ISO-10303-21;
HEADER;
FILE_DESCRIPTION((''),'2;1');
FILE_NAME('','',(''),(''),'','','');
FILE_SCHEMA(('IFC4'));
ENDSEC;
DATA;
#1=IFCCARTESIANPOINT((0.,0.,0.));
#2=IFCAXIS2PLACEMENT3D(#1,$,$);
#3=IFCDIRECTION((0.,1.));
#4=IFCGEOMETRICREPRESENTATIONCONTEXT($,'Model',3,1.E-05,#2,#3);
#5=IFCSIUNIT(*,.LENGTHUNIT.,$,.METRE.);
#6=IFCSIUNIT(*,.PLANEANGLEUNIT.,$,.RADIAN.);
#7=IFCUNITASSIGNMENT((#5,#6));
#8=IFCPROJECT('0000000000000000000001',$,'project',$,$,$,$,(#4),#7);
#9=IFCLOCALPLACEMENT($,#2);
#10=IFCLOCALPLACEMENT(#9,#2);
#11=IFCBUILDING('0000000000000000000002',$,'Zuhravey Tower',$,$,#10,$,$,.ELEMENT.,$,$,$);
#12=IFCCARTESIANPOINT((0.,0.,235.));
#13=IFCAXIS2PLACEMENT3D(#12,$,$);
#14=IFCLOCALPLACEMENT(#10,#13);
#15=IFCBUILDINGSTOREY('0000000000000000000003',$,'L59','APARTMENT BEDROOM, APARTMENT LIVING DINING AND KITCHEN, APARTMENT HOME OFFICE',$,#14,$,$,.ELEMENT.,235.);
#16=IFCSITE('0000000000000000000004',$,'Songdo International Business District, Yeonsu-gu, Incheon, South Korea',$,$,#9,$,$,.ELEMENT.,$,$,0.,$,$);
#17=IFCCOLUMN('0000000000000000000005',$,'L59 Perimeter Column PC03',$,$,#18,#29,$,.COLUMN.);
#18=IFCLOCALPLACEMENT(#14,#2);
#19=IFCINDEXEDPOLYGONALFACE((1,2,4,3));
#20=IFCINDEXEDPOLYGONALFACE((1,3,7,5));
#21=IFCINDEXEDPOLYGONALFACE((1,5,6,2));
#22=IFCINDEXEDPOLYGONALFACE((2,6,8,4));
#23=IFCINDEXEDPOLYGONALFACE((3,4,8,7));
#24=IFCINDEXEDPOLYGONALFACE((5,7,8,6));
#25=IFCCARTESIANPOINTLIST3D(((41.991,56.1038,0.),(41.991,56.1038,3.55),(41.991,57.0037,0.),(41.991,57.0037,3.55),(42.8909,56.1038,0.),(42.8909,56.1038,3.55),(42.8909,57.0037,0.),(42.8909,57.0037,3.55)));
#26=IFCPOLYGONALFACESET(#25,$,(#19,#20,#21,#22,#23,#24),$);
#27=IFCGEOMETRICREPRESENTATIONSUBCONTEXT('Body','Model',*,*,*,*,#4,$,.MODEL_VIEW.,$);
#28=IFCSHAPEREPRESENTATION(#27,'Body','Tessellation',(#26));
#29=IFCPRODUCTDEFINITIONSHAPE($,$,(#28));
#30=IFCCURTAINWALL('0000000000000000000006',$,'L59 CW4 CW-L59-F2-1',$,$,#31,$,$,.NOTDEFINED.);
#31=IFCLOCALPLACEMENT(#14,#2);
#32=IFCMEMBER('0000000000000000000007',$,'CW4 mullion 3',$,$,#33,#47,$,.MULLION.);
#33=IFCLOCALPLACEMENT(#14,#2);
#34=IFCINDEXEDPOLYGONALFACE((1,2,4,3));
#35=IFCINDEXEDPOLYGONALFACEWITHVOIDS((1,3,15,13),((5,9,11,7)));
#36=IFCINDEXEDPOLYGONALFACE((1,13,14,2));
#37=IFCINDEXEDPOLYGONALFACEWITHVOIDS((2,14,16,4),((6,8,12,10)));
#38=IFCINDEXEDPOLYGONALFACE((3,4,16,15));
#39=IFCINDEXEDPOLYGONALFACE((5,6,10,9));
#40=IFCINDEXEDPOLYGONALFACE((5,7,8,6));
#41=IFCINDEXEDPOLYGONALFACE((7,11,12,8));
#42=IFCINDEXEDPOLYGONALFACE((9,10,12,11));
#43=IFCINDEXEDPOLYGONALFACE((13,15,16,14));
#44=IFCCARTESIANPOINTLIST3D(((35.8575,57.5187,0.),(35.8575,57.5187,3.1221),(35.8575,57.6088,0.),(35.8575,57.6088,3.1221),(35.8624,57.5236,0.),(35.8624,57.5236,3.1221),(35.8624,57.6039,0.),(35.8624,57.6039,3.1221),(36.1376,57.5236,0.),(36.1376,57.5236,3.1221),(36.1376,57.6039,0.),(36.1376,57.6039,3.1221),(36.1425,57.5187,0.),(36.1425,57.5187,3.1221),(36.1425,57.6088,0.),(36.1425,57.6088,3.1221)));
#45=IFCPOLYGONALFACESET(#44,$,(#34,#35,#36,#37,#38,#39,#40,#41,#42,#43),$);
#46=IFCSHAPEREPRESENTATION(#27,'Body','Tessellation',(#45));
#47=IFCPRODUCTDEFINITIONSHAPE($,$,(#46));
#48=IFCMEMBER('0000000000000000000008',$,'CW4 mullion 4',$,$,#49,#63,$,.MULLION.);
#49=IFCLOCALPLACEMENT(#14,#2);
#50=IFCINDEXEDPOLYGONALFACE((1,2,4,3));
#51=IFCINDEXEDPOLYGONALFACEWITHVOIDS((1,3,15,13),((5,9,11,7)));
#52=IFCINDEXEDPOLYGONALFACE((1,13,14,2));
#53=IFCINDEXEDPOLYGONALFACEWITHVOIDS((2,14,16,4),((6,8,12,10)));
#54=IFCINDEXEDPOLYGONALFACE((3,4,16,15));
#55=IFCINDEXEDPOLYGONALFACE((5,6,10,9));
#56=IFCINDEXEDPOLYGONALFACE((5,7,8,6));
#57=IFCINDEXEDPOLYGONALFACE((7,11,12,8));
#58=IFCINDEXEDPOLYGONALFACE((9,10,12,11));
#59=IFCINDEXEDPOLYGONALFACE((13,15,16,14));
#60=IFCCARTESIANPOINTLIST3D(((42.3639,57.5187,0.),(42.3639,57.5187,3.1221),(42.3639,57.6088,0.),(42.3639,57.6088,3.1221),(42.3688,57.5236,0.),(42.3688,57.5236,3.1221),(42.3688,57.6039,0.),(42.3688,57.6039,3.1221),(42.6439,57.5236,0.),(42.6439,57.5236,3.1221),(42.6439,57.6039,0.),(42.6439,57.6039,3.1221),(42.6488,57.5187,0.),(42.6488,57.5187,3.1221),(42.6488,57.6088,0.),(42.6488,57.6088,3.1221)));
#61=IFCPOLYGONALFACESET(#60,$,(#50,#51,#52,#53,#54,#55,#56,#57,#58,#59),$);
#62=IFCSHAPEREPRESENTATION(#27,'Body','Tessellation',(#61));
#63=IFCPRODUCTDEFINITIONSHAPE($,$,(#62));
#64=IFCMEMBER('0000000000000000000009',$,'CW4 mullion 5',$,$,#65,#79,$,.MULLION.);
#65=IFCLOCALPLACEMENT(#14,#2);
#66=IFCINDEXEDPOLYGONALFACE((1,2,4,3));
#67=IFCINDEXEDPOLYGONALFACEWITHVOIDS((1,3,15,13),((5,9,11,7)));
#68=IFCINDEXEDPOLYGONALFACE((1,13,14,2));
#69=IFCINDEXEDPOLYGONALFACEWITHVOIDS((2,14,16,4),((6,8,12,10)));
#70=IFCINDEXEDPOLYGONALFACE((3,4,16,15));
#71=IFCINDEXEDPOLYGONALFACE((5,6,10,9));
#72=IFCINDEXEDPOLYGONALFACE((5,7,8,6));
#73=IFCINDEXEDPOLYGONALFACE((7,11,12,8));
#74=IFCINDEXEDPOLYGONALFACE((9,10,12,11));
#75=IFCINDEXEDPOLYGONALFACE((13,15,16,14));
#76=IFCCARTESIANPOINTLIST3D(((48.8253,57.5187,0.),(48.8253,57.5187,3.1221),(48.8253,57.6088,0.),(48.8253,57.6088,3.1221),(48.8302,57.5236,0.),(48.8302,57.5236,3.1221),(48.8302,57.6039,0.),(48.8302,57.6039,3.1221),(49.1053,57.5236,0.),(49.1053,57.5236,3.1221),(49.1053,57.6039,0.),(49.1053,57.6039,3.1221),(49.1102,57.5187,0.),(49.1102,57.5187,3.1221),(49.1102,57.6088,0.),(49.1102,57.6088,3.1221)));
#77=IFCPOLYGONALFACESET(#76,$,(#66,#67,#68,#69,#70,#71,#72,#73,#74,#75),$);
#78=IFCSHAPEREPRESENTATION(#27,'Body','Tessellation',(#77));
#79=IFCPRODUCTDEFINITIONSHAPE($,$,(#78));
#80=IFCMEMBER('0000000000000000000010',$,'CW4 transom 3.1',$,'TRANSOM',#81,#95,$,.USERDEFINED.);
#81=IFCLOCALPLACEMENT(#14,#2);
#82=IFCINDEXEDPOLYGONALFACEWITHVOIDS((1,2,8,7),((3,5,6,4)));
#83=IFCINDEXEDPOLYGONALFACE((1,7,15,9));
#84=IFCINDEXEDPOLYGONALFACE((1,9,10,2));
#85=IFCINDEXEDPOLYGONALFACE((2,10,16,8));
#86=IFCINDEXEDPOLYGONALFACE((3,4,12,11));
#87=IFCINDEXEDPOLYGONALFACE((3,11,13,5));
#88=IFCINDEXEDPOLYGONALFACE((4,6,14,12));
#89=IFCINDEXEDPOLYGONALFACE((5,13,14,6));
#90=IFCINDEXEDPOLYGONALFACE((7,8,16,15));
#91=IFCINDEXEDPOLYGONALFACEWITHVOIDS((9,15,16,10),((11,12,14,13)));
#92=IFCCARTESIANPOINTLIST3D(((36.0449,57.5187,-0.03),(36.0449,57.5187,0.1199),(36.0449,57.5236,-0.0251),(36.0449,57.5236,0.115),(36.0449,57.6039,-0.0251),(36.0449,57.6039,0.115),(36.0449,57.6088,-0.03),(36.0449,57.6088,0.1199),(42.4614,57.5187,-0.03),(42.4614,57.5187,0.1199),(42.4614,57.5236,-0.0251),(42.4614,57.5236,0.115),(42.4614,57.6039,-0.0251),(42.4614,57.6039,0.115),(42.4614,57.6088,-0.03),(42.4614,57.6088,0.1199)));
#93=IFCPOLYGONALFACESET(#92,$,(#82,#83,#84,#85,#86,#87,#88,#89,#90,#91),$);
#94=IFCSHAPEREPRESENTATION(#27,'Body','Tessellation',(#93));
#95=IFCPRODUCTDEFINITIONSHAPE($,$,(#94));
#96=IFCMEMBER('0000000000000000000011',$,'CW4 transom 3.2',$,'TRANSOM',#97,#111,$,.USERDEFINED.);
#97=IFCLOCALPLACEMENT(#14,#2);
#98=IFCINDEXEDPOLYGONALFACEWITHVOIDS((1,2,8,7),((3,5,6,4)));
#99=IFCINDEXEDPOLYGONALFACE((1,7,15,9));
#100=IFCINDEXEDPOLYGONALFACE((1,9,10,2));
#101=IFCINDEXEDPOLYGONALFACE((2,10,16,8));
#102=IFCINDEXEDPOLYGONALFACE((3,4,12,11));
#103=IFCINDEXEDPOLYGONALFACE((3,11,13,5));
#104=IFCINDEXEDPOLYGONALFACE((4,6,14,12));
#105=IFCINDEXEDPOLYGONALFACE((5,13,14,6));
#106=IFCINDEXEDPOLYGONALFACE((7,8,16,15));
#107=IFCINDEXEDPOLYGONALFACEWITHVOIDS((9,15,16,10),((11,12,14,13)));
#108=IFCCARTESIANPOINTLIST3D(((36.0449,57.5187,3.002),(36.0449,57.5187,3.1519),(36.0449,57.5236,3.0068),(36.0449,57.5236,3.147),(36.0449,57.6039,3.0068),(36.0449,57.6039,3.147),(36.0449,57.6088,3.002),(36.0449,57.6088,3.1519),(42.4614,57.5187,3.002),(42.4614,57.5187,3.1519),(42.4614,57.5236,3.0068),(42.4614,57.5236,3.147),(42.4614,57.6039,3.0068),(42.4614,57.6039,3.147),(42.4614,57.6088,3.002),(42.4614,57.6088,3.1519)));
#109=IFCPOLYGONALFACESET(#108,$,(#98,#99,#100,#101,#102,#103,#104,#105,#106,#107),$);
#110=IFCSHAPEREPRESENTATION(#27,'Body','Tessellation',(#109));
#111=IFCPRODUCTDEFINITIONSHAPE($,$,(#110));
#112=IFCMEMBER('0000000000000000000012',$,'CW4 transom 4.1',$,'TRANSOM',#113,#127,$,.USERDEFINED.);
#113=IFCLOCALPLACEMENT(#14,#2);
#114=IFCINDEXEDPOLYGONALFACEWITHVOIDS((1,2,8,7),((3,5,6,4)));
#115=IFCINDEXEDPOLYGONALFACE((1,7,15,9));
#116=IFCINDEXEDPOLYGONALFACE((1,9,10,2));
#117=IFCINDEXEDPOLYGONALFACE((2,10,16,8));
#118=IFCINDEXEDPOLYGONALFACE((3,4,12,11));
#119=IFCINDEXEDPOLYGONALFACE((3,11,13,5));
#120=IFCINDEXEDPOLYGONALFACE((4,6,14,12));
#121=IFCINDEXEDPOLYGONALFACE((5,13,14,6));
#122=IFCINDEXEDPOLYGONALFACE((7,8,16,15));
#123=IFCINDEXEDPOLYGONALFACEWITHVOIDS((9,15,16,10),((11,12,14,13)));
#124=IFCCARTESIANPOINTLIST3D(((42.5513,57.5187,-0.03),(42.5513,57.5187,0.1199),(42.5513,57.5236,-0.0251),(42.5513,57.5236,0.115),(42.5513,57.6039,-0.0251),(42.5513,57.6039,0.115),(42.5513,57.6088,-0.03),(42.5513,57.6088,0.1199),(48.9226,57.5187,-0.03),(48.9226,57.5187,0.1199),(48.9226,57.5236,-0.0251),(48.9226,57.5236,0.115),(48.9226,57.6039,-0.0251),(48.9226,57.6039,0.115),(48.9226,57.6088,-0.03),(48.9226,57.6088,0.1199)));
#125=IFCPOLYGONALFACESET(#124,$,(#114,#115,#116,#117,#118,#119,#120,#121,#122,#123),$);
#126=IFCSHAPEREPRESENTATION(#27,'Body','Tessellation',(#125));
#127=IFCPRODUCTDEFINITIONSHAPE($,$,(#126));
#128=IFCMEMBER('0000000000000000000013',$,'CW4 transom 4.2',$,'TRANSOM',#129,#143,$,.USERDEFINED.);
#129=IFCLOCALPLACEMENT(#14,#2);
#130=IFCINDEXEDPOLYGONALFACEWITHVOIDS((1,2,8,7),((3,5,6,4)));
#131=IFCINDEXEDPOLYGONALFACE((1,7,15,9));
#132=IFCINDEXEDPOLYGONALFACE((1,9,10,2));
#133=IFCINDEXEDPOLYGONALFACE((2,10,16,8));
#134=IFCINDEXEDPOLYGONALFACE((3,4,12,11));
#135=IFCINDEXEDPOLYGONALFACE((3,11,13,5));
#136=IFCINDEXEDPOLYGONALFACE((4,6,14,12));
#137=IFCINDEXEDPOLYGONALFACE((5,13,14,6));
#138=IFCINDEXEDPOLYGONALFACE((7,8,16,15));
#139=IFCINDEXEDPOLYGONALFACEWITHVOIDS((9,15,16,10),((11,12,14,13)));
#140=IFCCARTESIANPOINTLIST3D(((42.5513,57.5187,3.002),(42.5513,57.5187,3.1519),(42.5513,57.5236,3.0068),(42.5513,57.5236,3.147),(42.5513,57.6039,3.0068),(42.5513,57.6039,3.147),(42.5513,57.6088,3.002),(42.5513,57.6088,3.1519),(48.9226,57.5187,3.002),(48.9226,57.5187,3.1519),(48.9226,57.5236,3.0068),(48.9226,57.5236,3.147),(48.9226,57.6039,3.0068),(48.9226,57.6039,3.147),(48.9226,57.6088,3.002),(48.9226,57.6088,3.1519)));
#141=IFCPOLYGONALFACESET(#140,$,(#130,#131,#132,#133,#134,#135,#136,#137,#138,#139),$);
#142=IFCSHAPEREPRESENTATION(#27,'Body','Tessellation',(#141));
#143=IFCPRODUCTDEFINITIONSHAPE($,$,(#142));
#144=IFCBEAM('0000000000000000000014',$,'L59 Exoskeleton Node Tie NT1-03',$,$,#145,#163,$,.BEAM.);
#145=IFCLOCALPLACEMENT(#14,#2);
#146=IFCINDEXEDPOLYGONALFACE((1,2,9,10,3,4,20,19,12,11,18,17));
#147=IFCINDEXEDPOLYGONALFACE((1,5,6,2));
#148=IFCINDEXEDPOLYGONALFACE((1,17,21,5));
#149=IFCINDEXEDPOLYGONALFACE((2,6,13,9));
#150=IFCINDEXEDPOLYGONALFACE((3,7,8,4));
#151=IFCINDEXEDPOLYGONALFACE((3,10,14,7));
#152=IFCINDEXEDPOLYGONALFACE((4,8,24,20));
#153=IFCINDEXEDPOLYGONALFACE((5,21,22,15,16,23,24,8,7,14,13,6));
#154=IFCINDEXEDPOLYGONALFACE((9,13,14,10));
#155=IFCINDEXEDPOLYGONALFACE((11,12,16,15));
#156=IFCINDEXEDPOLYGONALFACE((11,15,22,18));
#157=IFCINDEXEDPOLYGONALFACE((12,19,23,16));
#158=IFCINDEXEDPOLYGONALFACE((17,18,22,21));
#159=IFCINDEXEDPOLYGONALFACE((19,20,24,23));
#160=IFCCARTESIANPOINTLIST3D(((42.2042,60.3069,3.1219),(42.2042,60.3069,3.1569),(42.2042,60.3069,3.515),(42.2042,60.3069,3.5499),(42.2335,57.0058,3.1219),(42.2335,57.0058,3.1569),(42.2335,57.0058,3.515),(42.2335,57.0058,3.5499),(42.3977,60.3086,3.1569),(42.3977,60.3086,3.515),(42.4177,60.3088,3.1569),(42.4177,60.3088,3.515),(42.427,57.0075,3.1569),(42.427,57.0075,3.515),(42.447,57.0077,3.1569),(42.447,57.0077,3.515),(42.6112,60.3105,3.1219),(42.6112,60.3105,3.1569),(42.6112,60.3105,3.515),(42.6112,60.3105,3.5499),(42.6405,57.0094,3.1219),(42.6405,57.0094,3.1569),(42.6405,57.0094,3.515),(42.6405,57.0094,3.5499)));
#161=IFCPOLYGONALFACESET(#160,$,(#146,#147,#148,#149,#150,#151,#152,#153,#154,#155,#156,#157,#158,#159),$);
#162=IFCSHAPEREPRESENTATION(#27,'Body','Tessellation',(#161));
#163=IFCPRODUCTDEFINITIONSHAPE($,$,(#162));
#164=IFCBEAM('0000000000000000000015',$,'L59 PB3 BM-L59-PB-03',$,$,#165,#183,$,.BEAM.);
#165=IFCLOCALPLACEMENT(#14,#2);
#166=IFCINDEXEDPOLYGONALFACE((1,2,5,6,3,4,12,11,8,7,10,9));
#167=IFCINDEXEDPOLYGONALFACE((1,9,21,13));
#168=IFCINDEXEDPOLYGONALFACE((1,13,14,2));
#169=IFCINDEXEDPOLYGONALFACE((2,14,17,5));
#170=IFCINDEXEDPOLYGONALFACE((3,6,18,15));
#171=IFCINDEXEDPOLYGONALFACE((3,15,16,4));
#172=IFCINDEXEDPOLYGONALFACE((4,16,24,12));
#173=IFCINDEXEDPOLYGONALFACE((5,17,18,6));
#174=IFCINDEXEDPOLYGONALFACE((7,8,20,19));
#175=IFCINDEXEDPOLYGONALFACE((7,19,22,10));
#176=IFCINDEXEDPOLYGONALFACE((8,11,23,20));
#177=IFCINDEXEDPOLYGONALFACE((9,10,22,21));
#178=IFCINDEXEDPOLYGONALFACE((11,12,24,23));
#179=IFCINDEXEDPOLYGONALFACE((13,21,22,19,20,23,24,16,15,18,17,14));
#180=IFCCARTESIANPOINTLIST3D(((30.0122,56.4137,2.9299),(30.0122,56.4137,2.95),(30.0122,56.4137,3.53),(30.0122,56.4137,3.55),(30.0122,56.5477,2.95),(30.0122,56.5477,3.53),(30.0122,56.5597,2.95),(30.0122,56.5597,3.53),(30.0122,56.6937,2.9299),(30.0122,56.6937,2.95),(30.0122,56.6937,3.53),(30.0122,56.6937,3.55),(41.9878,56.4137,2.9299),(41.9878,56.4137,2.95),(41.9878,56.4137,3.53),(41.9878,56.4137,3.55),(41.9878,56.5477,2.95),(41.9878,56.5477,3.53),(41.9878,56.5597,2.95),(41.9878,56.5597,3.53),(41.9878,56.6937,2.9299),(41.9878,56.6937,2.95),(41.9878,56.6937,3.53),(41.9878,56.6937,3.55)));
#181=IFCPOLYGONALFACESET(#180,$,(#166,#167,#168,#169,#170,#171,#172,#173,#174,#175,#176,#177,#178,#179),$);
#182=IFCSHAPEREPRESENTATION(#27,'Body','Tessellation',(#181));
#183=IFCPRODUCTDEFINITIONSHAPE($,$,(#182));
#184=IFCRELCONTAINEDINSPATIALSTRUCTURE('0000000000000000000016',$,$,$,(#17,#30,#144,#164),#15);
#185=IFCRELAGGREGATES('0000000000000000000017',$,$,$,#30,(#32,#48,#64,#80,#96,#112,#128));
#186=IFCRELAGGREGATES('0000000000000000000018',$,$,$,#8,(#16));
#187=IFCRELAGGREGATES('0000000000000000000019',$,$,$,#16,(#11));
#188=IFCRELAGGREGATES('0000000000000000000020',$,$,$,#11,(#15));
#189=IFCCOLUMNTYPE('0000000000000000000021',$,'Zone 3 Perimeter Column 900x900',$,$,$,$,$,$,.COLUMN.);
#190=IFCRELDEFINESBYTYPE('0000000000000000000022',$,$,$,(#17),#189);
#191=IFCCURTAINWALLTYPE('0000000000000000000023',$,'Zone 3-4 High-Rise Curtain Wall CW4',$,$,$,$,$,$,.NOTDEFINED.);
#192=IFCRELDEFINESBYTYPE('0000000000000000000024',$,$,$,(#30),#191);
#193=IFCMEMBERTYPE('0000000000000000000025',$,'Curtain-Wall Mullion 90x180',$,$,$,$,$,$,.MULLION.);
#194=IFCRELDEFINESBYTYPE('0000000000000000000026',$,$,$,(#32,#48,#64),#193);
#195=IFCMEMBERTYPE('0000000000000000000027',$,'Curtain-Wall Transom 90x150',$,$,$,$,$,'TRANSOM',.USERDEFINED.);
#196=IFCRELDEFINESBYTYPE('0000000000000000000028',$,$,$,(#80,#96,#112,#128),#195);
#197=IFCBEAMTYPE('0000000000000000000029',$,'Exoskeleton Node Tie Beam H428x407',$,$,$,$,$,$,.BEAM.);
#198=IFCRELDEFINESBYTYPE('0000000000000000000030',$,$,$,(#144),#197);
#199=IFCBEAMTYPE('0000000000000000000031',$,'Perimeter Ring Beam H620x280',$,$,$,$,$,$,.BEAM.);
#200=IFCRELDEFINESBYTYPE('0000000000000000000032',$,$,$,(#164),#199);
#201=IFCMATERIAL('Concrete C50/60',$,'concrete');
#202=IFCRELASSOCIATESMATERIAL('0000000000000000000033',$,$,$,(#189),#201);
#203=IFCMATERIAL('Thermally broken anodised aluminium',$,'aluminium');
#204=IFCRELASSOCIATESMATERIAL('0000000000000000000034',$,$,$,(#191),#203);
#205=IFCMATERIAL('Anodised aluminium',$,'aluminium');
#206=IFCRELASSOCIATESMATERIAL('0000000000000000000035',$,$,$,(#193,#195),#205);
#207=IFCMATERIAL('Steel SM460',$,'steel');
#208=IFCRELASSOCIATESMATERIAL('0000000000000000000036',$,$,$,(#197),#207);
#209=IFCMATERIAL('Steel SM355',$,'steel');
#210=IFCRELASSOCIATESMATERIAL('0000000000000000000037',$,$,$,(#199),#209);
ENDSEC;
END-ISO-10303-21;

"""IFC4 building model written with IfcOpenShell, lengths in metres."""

from ifc_helpers import new_model, si_unit, direction, frame, origin, origin_2d, place, context, subcontext, project, spatial, rectangle, hollow_rectangle, i_section, extrude, material, material_profile, profile_set, type_object, element, aggregate, save


model = new_model("IFC4")

# Units and contexts
model_context = context("Model", 3, precision=1e-05, world=origin(), true_north=direction((0.0, 1.0)))
body_context = subcontext(model_context, "Body", "Model", "MODEL_VIEW")
ifc_project = project(units=[si_unit("LENGTHUNIT", "METRE"), si_unit("PLANEANGLEUNIT", "RADIAN")], contexts=[model_context])

# Site, building, storey
site_placement = place(None, origin())
site = spatial("IfcSite", under=ifc_project, at=site_placement, Name="Songdo International Business District, Yeonsu-gu, Incheon, South Korea", CompositionType="ELEMENT", RefElevation=0.0)
building_placement = place(site_placement, origin())
building = spatial("IfcBuilding", under=site, at=building_placement, Name="Zuhravey Tower", CompositionType="ELEMENT")
storey_placement = place(building_placement, frame((0.0, 0.0, 235.0)))
storey = spatial("IfcBuildingStorey", under=building, at=storey_placement, Name="L59", Description="APARTMENT BEDROOM, APARTMENT LIVING DINING AND KITCHEN, APARTMENT HOME OFFICE", CompositionType="ELEMENT", Elevation=235.0)

# Column
ifc_material_1 = material(Name="Concrete C50/60", Category="concrete")
ifc_material_profile_1 = material_profile(ifc_material_1, rectangle(XDim=0.8999, YDim=0.8999, at=origin_2d()), Name="RC-900x900")
ifc_profile_set_1 = profile_set([ifc_material_profile_1], Name="Concrete C50/60")
column_type = type_object("IfcColumnType", Name="Zone 3 Perimeter Column 900x900", PredefinedType="COLUMN", material=ifc_profile_set_1)
column_placement = place(storey_placement, frame((42.4409, 56.5537, 0.0), z_axis=(0.0, 0.0, 1.0), x_axis=(-1.0, 0.0, 0.0)))
element("IfcColumn", 1, at=column_placement, inside=storey, type_object=column_type, Name="L59 Perimeter Column PC03", PredefinedType="COLUMN", context=body_context, shape_type="SweptSolid", body=[
    extrude(rectangle(XDim=0.8999, YDim=0.8999, at=origin_2d()), origin(), (0.0, 0.0, 1.0), 3.55),
])

# Curtain wall, members
ifc_material_2 = material(Name="Thermally broken anodised aluminium", Category="aluminium")
curtain_wall_type = type_object("IfcCurtainWallType", Name="Zone 3-4 High-Rise Curtain Wall CW4", PredefinedType="NOTDEFINED", material=ifc_material_2)
curtain_wall_placement = place(storey_placement, origin())
curtain_wall = element("IfcCurtainWall", 2, at=curtain_wall_placement, inside=storey, type_object=curtain_wall_type, Name="L59 CW4 CW-L59-F2-1", PredefinedType="NOTDEFINED")
ifc_material_3 = material(Name="Anodised aluminium", Category="aluminium")
ifc_material_profile_2 = material_profile(ifc_material_3, hollow_rectangle(XDim=0.0901, YDim=0.2849, WallThickness=0.0049, at=origin_2d()), Name="ALU-RHS-90x285x5")
ifc_profile_set_2 = profile_set([ifc_material_profile_2], Name="Anodised aluminium")
member_type_1 = type_object("IfcMemberType", Name="Curtain-Wall Mullion 90x180", PredefinedType="MULLION", material=ifc_profile_set_2)
member_1_placement = place(storey_placement, frame((36.0, 57.5637, 0.0), z_axis=(0.0, 0.0, 1.0), x_axis=(0.0, 1.0, 0.0)))
member_1 = element("IfcMember", 3, at=member_1_placement, type_object=member_type_1, Name="CW4 mullion 3", PredefinedType="MULLION", context=body_context, shape_type="SweptSolid", body=[
    extrude(hollow_rectangle(XDim=0.0901, YDim=0.2849, WallThickness=0.0049, at=origin_2d()), origin(), (0.0, 0.0, 1.0), 3.1221),
])
member_2_placement = place(storey_placement, frame((42.5063, 57.5637, 0.0), z_axis=(0.0, 0.0, 1.0), x_axis=(0.0, 1.0, 0.0)))
member_2 = element("IfcMember", 4, at=member_2_placement, type_object=member_type_1, Name="CW4 mullion 4", PredefinedType="MULLION", context=body_context, shape_type="SweptSolid", body=[
    extrude(hollow_rectangle(XDim=0.0901, YDim=0.2849, WallThickness=0.0049, at=origin_2d()), origin(), (0.0, 0.0, 1.0), 3.1221),
])
member_3_placement = place(storey_placement, frame((48.9678, 57.5637, 0.0), z_axis=(0.0, 0.0, 1.0), x_axis=(0.0, 1.0, 0.0)))
member_3 = element("IfcMember", 5, at=member_3_placement, type_object=member_type_1, Name="CW4 mullion 5", PredefinedType="MULLION", context=body_context, shape_type="SweptSolid", body=[
    extrude(hollow_rectangle(XDim=0.0901, YDim=0.2849, WallThickness=0.0049, at=origin_2d()), origin(), (0.0, 0.0, 1.0), 3.1221),
])
ifc_material_profile_3 = material_profile(ifc_material_3, hollow_rectangle(XDim=0.0901, YDim=0.1499, WallThickness=0.0049, at=origin_2d()), Name="ALU-RHS-90x150x5")
ifc_profile_set_3 = profile_set([ifc_material_profile_3], Name="Anodised aluminium")
member_type_2 = type_object("IfcMemberType", Name="Curtain-Wall Transom 90x150", ElementType="TRANSOM", PredefinedType="USERDEFINED", material=ifc_profile_set_3)
member_4_placement = place(storey_placement, frame((36.0449, 57.5637, 0.0449), z_axis=(1.0, 0.0, 0.0), x_axis=(0.0, 1.0, 0.0)))
member_4 = element("IfcMember", 6, at=member_4_placement, type_object=member_type_2, Name="CW4 transom 3.1", ObjectType="TRANSOM", PredefinedType="USERDEFINED", context=body_context, shape_type="SweptSolid", body=[
    extrude(hollow_rectangle(XDim=0.0901, YDim=0.1499, WallThickness=0.0049, at=origin_2d()), origin(), (0.0, 0.0, 1.0), 6.4165),
])
member_5_placement = place(storey_placement, frame((36.0449, 57.5637, 3.0769), z_axis=(1.0, 0.0, 0.0), x_axis=(0.0, 1.0, 0.0)))
member_5 = element("IfcMember", 7, at=member_5_placement, type_object=member_type_2, Name="CW4 transom 3.2", ObjectType="TRANSOM", PredefinedType="USERDEFINED", context=body_context, shape_type="SweptSolid", body=[
    extrude(hollow_rectangle(XDim=0.0901, YDim=0.1499, WallThickness=0.0049, at=origin_2d()), origin(), (0.0, 0.0, 1.0), 6.4165),
])
member_6_placement = place(storey_placement, frame((42.5513, 57.5637, 0.0449), z_axis=(1.0, 0.0, 0.0), x_axis=(0.0, 1.0, 0.0)))
member_6 = element("IfcMember", 8, at=member_6_placement, type_object=member_type_2, Name="CW4 transom 4.1", ObjectType="TRANSOM", PredefinedType="USERDEFINED", context=body_context, shape_type="SweptSolid", body=[
    extrude(hollow_rectangle(XDim=0.0901, YDim=0.1499, WallThickness=0.0049, at=origin_2d()), origin(), (0.0, 0.0, 1.0), 6.3713),
])
member_7_placement = place(storey_placement, frame((42.5513, 57.5637, 3.0769), z_axis=(1.0, 0.0, 0.0), x_axis=(0.0, 1.0, 0.0)))
member_7 = element("IfcMember", 9, at=member_7_placement, type_object=member_type_2, Name="CW4 transom 4.2", ObjectType="TRANSOM", PredefinedType="USERDEFINED", context=body_context, shape_type="SweptSolid", body=[
    extrude(hollow_rectangle(XDim=0.0901, YDim=0.1499, WallThickness=0.0049, at=origin_2d()), origin(), (0.0, 0.0, 1.0), 6.3713),
])

# Beams
ifc_material_4 = material(Name="Steel SM460", Category="steel")
ifc_material_profile_4 = material_profile(ifc_material_4, i_section(OverallWidth=0.407, OverallDepth=0.428, WebThickness=0.02, FlangeThickness=0.0349, at=origin_2d()), Name="H-428x407x20x35")
ifc_profile_set_4 = profile_set([ifc_material_profile_4], Name="Steel SM460")
beam_type_1 = type_object("IfcBeamType", Name="Exoskeleton Node Tie Beam H428x407", PredefinedType="BEAM", material=ifc_profile_set_4)
beam_1_placement = place(storey_placement, frame((42.437, 57.0076, 3.3359), z_axis=(-0.008875, 0.999961, 0.0), x_axis=(-0.999961, -0.008875, 0.0)))
element("IfcBeam", 10, at=beam_1_placement, inside=storey, type_object=beam_type_1, Name="L59 Exoskeleton Node Tie NT1-03", PredefinedType="BEAM", context=body_context, shape_type="SweptSolid", body=[
    extrude(i_section(OverallWidth=0.407, OverallDepth=0.428, WebThickness=0.02, FlangeThickness=0.0349, at=origin_2d()), origin(), (0.0, 0.0, 1.0), 3.3013),
])
ifc_material_5 = material(Name="Steel SM355", Category="steel")
ifc_material_profile_5 = material_profile(ifc_material_5, i_section(OverallWidth=0.28, OverallDepth=0.6201, WebThickness=0.012, FlangeThickness=0.02, at=origin_2d()), Name="H-620x280x12x20")
ifc_profile_set_5 = profile_set([ifc_material_profile_5], Name="Steel SM355")
beam_type_2 = type_object("IfcBeamType", Name="Perimeter Ring Beam H620x280", PredefinedType="BEAM", material=ifc_profile_set_5)
beam_2_placement = place(storey_placement, frame((41.9878, 56.5537, 3.24), z_axis=(-1.0, 0.0, 0.0), x_axis=(0.0, -1.0, 0.0)))
element("IfcBeam", 11, at=beam_2_placement, inside=storey, type_object=beam_type_2, Name="L59 PB3 BM-L59-PB-03", PredefinedType="BEAM", context=body_context, shape_type="SweptSolid", body=[
    extrude(i_section(OverallWidth=0.28, OverallDepth=0.6201, WebThickness=0.012, FlangeThickness=0.02, at=origin_2d()), origin(), (0.0, 0.0, 1.0), 11.9756),
])

aggregate(curtain_wall, [member_1, member_2, member_3, member_4, member_5, member_6, member_7])

save(model, "model.ifc")
